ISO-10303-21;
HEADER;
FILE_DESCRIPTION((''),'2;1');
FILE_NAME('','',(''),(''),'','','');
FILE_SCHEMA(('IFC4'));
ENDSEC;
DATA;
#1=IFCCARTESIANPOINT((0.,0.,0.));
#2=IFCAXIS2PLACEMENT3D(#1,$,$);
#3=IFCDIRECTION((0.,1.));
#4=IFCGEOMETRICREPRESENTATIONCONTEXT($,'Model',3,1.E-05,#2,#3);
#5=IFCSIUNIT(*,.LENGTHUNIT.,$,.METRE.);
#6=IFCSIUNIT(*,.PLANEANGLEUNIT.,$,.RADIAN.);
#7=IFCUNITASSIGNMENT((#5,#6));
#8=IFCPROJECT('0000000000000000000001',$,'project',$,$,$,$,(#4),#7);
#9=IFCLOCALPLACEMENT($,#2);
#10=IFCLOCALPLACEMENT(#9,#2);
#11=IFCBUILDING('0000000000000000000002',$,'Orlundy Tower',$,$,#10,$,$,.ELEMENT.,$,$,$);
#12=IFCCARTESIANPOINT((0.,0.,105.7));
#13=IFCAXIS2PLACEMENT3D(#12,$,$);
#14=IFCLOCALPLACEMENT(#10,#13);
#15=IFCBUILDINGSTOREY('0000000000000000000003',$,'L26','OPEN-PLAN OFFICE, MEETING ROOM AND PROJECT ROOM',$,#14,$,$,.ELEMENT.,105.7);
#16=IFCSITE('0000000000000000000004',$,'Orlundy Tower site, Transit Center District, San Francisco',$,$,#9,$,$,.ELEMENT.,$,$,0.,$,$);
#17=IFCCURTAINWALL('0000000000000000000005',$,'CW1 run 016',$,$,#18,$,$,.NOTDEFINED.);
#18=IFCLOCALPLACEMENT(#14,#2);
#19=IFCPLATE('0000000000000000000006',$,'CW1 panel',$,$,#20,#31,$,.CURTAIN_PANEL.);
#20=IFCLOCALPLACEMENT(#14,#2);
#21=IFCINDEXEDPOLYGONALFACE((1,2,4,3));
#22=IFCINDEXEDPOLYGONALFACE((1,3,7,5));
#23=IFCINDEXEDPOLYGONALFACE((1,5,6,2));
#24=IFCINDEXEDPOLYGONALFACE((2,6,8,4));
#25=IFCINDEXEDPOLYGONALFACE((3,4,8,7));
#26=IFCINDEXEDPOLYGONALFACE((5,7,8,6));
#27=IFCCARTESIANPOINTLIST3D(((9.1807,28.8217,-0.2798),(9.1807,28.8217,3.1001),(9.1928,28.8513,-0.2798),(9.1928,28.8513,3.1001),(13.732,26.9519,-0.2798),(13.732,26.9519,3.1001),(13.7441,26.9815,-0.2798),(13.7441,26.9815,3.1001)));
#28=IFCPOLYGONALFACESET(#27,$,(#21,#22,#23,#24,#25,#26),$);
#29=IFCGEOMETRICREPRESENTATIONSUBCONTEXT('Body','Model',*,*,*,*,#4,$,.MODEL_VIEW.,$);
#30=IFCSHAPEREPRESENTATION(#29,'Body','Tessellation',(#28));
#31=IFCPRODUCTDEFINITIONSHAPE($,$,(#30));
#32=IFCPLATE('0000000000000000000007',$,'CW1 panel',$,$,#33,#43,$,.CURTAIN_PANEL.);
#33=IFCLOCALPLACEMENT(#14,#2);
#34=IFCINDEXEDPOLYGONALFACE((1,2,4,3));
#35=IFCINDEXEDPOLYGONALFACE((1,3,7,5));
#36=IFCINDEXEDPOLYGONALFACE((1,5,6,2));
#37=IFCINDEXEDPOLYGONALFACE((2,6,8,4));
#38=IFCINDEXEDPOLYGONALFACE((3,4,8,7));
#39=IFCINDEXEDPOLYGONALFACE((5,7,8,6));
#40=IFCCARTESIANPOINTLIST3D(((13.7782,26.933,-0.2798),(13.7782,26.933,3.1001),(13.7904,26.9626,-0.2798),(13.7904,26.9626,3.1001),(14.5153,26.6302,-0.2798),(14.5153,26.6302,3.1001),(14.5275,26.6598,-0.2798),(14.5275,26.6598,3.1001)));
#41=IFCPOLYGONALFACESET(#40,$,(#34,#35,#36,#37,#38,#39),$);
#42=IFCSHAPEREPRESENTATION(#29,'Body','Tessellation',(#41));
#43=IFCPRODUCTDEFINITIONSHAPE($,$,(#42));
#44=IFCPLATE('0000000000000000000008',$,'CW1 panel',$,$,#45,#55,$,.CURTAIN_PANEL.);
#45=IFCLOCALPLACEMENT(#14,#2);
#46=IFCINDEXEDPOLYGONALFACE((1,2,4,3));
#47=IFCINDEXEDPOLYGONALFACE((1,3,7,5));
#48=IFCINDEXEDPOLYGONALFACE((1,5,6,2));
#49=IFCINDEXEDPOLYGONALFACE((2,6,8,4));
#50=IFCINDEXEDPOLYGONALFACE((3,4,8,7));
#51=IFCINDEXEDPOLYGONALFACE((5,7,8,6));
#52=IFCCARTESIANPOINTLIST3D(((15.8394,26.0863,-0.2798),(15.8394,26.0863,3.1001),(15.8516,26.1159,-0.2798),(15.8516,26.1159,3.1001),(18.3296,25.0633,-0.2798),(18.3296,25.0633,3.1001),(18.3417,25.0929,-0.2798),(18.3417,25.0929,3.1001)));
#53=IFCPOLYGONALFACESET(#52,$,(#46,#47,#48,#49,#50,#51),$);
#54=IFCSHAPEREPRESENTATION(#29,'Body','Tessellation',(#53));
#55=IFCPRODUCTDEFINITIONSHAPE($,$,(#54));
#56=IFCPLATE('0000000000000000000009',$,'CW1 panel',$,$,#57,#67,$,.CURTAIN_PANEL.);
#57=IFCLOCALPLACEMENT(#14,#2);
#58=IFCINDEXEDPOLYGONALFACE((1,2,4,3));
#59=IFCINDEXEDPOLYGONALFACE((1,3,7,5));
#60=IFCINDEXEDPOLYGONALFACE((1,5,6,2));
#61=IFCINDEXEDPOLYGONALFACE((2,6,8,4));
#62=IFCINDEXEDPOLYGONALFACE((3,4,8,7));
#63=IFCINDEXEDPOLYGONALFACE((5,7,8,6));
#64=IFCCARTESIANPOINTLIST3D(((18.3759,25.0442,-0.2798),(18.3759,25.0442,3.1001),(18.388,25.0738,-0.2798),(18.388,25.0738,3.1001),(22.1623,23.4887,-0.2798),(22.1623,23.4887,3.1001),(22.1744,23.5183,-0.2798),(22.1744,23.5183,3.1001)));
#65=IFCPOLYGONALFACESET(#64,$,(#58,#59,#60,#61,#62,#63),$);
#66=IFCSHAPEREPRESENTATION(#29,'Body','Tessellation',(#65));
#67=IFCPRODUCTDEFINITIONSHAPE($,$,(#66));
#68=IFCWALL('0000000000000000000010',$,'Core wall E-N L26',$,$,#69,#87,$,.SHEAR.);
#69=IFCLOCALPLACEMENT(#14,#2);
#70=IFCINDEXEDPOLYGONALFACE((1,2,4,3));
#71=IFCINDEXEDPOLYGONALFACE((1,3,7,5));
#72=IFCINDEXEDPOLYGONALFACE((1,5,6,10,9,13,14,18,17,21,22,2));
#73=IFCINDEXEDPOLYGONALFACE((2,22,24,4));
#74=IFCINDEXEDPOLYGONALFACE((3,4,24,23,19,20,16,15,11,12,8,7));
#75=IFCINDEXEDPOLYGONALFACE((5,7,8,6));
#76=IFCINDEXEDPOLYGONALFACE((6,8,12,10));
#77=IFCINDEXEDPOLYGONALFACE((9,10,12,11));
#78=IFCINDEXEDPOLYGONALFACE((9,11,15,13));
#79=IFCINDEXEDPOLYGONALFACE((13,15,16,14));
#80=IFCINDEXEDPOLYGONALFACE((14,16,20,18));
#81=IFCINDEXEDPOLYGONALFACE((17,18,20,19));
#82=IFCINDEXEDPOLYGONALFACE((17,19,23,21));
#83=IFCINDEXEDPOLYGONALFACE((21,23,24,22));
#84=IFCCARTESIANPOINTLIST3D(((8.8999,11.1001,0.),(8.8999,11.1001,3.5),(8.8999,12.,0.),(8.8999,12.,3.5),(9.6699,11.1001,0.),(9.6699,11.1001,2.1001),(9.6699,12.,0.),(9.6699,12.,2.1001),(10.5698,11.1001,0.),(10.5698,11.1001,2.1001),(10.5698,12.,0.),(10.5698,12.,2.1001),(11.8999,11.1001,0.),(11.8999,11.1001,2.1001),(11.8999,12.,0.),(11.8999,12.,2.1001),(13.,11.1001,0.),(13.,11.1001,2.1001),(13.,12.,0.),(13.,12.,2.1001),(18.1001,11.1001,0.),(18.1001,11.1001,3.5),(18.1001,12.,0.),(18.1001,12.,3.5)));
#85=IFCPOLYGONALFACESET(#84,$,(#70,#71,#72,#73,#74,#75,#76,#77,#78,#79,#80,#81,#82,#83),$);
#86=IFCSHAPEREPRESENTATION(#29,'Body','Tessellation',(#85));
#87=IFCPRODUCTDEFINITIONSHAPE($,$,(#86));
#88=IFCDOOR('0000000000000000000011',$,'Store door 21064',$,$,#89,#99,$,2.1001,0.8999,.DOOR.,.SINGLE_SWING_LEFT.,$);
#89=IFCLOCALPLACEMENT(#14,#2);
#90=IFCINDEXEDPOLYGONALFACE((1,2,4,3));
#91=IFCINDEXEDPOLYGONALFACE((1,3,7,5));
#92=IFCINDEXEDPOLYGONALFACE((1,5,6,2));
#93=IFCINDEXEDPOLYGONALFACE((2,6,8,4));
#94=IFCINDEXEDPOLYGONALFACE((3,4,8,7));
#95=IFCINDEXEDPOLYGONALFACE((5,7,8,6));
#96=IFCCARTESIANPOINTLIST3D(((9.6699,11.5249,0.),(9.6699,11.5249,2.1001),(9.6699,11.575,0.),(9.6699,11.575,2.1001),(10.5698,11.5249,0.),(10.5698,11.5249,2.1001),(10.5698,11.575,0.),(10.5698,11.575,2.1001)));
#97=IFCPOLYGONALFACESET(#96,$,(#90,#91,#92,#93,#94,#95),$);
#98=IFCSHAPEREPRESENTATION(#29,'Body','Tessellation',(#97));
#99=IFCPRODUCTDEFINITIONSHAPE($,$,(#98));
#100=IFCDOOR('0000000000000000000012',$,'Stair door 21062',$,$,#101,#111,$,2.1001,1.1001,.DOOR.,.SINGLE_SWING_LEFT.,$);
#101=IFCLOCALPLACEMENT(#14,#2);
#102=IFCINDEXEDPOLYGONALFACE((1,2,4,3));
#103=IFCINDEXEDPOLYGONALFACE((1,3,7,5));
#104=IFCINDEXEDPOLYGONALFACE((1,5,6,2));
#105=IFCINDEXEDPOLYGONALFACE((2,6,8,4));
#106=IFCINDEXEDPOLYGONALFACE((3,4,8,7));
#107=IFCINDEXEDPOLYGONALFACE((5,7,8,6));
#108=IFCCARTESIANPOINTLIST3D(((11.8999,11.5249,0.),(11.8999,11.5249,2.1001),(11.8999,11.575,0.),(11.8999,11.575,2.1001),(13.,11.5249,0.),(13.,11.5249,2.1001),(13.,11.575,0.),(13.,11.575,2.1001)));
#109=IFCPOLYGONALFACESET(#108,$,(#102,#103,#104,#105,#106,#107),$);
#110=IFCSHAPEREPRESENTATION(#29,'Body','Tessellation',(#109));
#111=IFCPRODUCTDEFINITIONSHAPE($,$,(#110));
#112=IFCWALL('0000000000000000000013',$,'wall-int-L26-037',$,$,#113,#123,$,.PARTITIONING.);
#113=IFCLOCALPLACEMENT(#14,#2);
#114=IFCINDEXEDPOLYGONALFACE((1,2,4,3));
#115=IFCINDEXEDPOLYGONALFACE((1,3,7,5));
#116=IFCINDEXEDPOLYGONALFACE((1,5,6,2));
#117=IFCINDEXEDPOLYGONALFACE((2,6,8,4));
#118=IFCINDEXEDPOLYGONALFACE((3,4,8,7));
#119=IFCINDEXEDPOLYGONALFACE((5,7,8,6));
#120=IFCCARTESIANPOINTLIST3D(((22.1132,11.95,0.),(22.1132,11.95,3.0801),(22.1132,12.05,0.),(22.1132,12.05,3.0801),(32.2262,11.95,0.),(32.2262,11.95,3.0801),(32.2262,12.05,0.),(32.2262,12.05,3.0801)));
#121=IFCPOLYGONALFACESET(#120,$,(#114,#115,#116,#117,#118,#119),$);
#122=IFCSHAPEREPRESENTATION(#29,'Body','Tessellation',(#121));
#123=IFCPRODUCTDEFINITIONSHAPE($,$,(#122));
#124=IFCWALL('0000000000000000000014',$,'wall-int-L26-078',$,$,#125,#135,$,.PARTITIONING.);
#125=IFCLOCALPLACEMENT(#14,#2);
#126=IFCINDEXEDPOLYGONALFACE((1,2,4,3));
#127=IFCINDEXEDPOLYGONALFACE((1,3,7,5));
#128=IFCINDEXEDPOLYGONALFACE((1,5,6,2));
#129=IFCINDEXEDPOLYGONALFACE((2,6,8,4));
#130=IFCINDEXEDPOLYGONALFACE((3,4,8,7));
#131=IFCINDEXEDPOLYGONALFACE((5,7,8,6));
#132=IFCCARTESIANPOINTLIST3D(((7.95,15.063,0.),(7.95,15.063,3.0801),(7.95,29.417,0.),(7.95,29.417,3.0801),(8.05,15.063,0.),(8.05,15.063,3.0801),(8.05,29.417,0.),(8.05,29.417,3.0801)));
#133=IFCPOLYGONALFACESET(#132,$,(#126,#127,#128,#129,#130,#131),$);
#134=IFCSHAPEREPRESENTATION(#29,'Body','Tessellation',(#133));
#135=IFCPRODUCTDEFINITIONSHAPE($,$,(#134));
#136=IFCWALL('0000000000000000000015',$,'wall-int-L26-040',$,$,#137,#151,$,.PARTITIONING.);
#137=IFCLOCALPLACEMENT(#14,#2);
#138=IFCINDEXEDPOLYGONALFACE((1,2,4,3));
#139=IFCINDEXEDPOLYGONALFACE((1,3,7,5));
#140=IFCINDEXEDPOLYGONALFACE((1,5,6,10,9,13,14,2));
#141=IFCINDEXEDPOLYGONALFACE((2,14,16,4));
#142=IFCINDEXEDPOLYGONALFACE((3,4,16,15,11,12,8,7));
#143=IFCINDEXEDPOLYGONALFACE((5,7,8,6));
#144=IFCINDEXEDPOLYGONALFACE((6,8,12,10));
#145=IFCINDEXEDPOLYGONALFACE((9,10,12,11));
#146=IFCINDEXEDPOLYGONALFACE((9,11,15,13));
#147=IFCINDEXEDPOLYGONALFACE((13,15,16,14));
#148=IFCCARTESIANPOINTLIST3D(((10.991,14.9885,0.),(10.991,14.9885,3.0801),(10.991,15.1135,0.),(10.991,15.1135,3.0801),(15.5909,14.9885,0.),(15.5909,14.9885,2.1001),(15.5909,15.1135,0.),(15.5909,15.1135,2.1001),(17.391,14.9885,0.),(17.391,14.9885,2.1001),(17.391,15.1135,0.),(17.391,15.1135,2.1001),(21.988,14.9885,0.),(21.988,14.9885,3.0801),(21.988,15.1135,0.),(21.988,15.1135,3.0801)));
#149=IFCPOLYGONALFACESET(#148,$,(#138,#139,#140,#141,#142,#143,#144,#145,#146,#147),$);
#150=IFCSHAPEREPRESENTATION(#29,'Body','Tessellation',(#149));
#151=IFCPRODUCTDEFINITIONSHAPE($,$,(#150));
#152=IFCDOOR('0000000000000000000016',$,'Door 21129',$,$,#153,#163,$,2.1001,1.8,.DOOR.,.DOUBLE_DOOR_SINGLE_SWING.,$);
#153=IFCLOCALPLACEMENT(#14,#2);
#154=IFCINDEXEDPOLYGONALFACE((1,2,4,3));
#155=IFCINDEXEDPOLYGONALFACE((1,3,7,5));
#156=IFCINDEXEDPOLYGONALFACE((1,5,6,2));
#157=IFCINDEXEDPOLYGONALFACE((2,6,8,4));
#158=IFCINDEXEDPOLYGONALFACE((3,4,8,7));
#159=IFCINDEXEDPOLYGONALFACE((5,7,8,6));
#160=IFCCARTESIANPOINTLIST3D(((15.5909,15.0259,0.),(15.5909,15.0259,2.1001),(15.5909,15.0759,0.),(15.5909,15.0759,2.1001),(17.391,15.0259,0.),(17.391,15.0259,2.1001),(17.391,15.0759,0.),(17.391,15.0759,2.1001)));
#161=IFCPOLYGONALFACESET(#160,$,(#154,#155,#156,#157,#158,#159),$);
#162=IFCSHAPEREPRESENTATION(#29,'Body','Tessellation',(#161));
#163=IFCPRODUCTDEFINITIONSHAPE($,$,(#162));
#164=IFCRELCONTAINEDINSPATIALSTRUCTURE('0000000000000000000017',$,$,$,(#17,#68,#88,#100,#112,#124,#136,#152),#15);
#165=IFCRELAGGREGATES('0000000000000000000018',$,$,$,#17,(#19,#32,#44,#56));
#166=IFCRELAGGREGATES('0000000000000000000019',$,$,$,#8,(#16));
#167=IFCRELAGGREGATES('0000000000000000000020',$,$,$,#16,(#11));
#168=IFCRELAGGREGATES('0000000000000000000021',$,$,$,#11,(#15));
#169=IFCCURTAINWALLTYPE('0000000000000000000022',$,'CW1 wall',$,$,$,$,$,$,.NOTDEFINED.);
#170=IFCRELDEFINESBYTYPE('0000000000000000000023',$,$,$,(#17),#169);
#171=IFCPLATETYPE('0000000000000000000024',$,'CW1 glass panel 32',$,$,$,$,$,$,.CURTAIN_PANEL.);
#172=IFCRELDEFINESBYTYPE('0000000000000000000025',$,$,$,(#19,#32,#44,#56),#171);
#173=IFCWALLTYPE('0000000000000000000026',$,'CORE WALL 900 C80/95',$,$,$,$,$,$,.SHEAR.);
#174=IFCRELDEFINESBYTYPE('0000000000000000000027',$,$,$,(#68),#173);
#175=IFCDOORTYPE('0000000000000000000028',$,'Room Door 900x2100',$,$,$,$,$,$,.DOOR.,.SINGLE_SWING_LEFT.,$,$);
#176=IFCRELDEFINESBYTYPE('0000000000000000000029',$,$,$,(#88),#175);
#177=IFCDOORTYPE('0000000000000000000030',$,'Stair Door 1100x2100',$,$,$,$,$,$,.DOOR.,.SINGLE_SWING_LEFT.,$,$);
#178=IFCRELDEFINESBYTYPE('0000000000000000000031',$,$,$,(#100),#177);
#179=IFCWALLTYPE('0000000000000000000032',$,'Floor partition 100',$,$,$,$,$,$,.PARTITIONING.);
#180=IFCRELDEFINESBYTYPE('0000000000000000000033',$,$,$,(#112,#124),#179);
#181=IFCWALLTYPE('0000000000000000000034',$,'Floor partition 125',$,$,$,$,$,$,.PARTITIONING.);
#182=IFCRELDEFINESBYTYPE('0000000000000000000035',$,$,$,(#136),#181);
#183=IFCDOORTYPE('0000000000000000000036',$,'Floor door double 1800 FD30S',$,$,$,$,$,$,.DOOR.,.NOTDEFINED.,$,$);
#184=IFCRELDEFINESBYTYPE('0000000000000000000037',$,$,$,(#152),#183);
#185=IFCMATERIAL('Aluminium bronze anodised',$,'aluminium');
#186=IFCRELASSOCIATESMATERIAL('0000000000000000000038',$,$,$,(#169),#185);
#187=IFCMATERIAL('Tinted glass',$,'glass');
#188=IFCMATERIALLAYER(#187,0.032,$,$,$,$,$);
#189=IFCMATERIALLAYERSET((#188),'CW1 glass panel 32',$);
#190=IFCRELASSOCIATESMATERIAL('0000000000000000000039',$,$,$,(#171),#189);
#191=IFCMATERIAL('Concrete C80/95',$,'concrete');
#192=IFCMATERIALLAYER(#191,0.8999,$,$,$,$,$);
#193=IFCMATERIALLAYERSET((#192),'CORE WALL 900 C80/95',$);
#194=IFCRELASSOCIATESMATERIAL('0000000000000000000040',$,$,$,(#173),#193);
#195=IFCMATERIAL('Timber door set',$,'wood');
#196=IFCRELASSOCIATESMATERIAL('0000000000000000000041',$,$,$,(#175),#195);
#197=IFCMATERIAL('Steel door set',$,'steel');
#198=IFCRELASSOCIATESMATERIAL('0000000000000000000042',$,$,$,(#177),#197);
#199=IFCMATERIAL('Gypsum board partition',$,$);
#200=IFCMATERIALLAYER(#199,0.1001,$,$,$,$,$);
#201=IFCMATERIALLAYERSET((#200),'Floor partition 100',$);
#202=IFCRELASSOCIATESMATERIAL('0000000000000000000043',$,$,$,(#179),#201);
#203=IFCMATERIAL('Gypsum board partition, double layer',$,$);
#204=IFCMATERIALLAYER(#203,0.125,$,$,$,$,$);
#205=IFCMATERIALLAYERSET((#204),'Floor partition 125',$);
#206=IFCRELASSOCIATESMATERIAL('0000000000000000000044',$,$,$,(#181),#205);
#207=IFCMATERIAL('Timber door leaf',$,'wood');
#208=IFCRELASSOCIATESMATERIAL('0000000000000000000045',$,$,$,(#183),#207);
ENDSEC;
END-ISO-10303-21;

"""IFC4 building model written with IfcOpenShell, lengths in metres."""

from ifc_helpers import new_model, si_unit, direction, frame, frame_2d, origin, origin_2d, place, context, subcontext, project, spatial, rectangle, extrude, material, layer, layer_set, type_object, element, fill, aggregate, save


model = new_model("IFC4")

# Units and contexts
model_context = context("Model", 3, precision=1e-05, world=origin(), true_north=direction((0.0, 1.0)))
body_context = subcontext(model_context, "Body", "Model", "MODEL_VIEW")
ifc_project = project(units=[si_unit("LENGTHUNIT", "METRE"), si_unit("PLANEANGLEUNIT", "RADIAN")], contexts=[model_context])

# Site, building, storey
site_placement = place(None, origin())
site = spatial("IfcSite", under=ifc_project, at=site_placement, Name="Orlundy Tower site, Transit Center District, San Francisco", CompositionType="ELEMENT", RefElevation=0.0)
building_placement = place(site_placement, origin())
building = spatial("IfcBuilding", under=site, at=building_placement, Name="Orlundy Tower", CompositionType="ELEMENT")
storey_placement = place(building_placement, frame((0.0, 0.0, 105.7)))
storey = spatial("IfcBuildingStorey", under=building, at=storey_placement, Name="L26", Description="OPEN-PLAN OFFICE, MEETING ROOM AND PROJECT ROOM", CompositionType="ELEMENT", Elevation=105.7)

# Curtain wall
ifc_material_1 = material(Name="Aluminium bronze anodised", Category="aluminium")
curtain_wall_type = type_object("IfcCurtainWallType", Name="CW1 wall", PredefinedType="NOTDEFINED", material=ifc_material_1)
curtain_wall_1_placement = place(storey_placement, origin())
curtain_wall_1 = element("IfcCurtainWall", 1, at=curtain_wall_1_placement, inside=storey, type_object=curtain_wall_type, Name="CW1 run 016", PredefinedType="NOTDEFINED")

# Plates
ifc_material_2 = material(Name="Tinted glass", Category="glass")
ifc_layer_1 = layer(ifc_material_2, 0.032)
ifc_layer_set_1 = layer_set([ifc_layer_1], Name="CW1 glass panel 32")
plate_type = type_object("IfcPlateType", Name="CW1 glass panel 32", PredefinedType="CURTAIN_PANEL", material=ifc_layer_set_1)
plate_1_placement = place(storey_placement, frame((11.4624, 27.9016, -0.2798), z_axis=(0.0, 0.0, 1.0), x_axis=(0.924984, -0.380005, 0.0)))
plate_1 = element("IfcPlate", 2, at=plate_1_placement, type_object=plate_type, Name="CW1 panel", PredefinedType="CURTAIN_PANEL", context=body_context, shape_type="SweptSolid", body=[
    extrude(rectangle(XDim=4.9204, YDim=0.032, at=origin_2d()), origin(), (0.0, 0.0, 1.0), 3.3799),
])
plate_2_placement = place(storey_placement, frame((14.1528, 26.7964, -0.2798), z_axis=(0.0, 0.0, 1.0), x_axis=(0.924984, -0.380005, 0.0)))
plate_2 = element("IfcPlate", 3, at=plate_2_placement, type_object=plate_type, Name="CW1 panel", PredefinedType="CURTAIN_PANEL", context=body_context, shape_type="SweptSolid", body=[
    extrude(rectangle(XDim=0.7969, YDim=0.032, at=origin_2d()), origin(), (0.0, 0.0, 1.0), 3.3799),
])
plate_3_placement = place(storey_placement, frame((17.0906, 25.5896, -0.2798), z_axis=(0.0, 0.0, 1.0), x_axis=(0.924984, -0.380005, 0.0)))
plate_3 = element("IfcPlate", 4, at=plate_3_placement, type_object=plate_type, Name="CW1 panel", PredefinedType="CURTAIN_PANEL", context=body_context, shape_type="SweptSolid", body=[
    extrude(rectangle(XDim=2.6921, YDim=0.032, at=origin_2d()), origin(), (0.0, 0.0, 1.0), 3.3799),
])
plate_4_placement = place(storey_placement, frame((20.2751, 24.2812, -0.2798), z_axis=(0.0, 0.0, 1.0), x_axis=(0.924984, -0.380005, 0.0)))
plate_4 = element("IfcPlate", 5, at=plate_4_placement, type_object=plate_type, Name="CW1 panel", PredefinedType="CURTAIN_PANEL", context=body_context, shape_type="SweptSolid", body=[
    extrude(rectangle(XDim=4.0935, YDim=0.032, at=origin_2d()), origin(), (0.0, 0.0, 1.0), 3.3799),
])
aggregate(curtain_wall_1, [plate_1, plate_2, plate_3, plate_4])

# Wall, openings, doors
ifc_material_3 = material(Name="Concrete C80/95", Category="concrete")
ifc_layer_2 = layer(ifc_material_3, 0.8999)
ifc_layer_set_2 = layer_set([ifc_layer_2], Name="CORE WALL 900 C80/95")
wall_type_1 = type_object("IfcWallType", Name="CORE WALL 900 C80/95", PredefinedType="SHEAR", material=ifc_layer_set_2)
wall_1_placement = place(storey_placement, frame((8.8999, 11.55, 0.0), z_axis=(0.0, 0.0, 1.0), x_axis=(1.0, 0.0, 0.0)))
wall_1 = element("IfcWall", 6, at=wall_1_placement, inside=storey, type_object=wall_type_1, Name="Core wall E-N L26", PredefinedType="SHEAR", context=body_context, shape_type="SweptSolid", body=[
    extrude(rectangle(XDim=9.2002, YDim=0.8999, at=frame_2d((4.6001, 0.0))), origin(), (0.0, 0.0, 1.0), 3.5),
])
opening_1_placement = place(wall_1_placement, frame((3.0, 0.0, 0.0)))
opening_1 = element("IfcOpeningElement", 7, at=opening_1_placement, cuts=wall_1, PredefinedType="OPENING", context=body_context, shape_type="SweptSolid", body=[
    extrude(rectangle(XDim=1.1001, YDim=2.1001, at=frame_2d((0.55, 1.05))), frame((0.0, 0.46, 0.0), z_axis=(0.0, -1.0, 0.0), x_axis=(1.0, 0.0, 0.0)), (0.0, 0.0, 1.0), 0.9199),
])
opening_2_placement = place(wall_1_placement, frame((0.77, 0.0, 0.0)))
opening_2 = element("IfcOpeningElement", 8, at=opening_2_placement, cuts=wall_1, PredefinedType="OPENING", context=body_context, shape_type="SweptSolid", body=[
    extrude(rectangle(XDim=0.8999, YDim=2.1001, at=frame_2d((0.45, 1.05))), frame((0.0, 0.46, 0.0), z_axis=(0.0, -1.0, 0.0), x_axis=(1.0, 0.0, 0.0)), (0.0, 0.0, 1.0), 0.9199),
])
ifc_material_4 = material(Name="Timber door set", Category="wood")
door_type_1 = type_object("IfcDoorType", Name="Room Door 900x2100", OperationType="SINGLE_SWING_LEFT", PredefinedType="DOOR", material=ifc_material_4)
door_1_placement = place(opening_2_placement, origin())
door_1 = element("IfcDoor", 9, at=door_1_placement, inside=storey, type_object=door_type_1, Name="Store door 21064", OperationType="SINGLE_SWING_LEFT", OverallHeight=2.1001, OverallWidth=0.8999, PredefinedType="DOOR", context=body_context, shape_type="SweptSolid", body=[
    extrude(rectangle(XDim=0.8999, YDim=2.1001, at=frame_2d((0.45, 1.05))), frame((0.0, 0.0249, 0.0), z_axis=(0.0, -1.0, 0.0), x_axis=(1.0, 0.0, 0.0)), (0.0, 0.0, 1.0), 0.05),
])
fill(opening_2, door_1)
ifc_material_5 = material(Name="Steel door set", Category="steel")
door_type_2 = type_object("IfcDoorType", Name="Stair Door 1100x2100", OperationType="SINGLE_SWING_LEFT", PredefinedType="DOOR", material=ifc_material_5)
door_2_placement = place(opening_1_placement, origin())
door_2 = element("IfcDoor", 10, at=door_2_placement, inside=storey, type_object=door_type_2, Name="Stair door 21062", OperationType="SINGLE_SWING_LEFT", OverallHeight=2.1001, OverallWidth=1.1001, PredefinedType="DOOR", context=body_context, shape_type="SweptSolid", body=[
    extrude(rectangle(XDim=1.1001, YDim=2.1001, at=frame_2d((0.55, 1.05))), frame((0.0, 0.0249, 0.0), z_axis=(0.0, -1.0, 0.0), x_axis=(1.0, 0.0, 0.0)), (0.0, 0.0, 1.0), 0.05),
])
fill(opening_1, door_2)

# Walls
ifc_material_6 = material(Name="Gypsum board partition")
ifc_layer_3 = layer(ifc_material_6, 0.1001)
ifc_layer_set_3 = layer_set([ifc_layer_3], Name="Floor partition 100")
wall_type_2 = type_object("IfcWallType", Name="Floor partition 100", PredefinedType="PARTITIONING", material=ifc_layer_set_3)
wall_2_placement = place(storey_placement, frame((22.113, 12.0, 0.0), z_axis=(0.0, 0.0, 1.0), x_axis=(1.0, 0.0, 0.0)))
element("IfcWall", 11, at=wall_2_placement, inside=storey, type_object=wall_type_2, Name="wall-int-L26-037", PredefinedType="PARTITIONING", context=body_context, shape_type="SweptSolid", body=[
    extrude(rectangle(XDim=10.113, YDim=0.1001, at=frame_2d((5.0566, 0.0))), origin(), (0.0, 0.0, 1.0), 3.0801),
])
wall_3_placement = place(storey_placement, frame((8.0, 15.063, 0.0), z_axis=(0.0, 0.0, 1.0), x_axis=(0.0, 1.0, 0.0)))
element("IfcWall", 12, at=wall_3_placement, inside=storey, type_object=wall_type_2, Name="wall-int-L26-078", PredefinedType="PARTITIONING", context=body_context, shape_type="SweptSolid", body=[
    extrude(rectangle(XDim=14.354, YDim=0.1001, at=frame_2d((7.177, 0.0))), origin(), (0.0, 0.0, 1.0), 3.0801),
])

# Wall, opening, door
ifc_material_7 = material(Name="Gypsum board partition, double layer")
ifc_layer_4 = layer(ifc_material_7, 0.125)
ifc_layer_set_4 = layer_set([ifc_layer_4], Name="Floor partition 125")
wall_type_3 = type_object("IfcWallType", Name="Floor partition 125", PredefinedType="PARTITIONING", material=ifc_layer_set_4)
wall_4_placement = place(storey_placement, frame((10.991, 15.051, 0.0), z_axis=(0.0, 0.0, 1.0), x_axis=(1.0, 0.0, 0.0)))
wall_4 = element("IfcWall", 13, at=wall_4_placement, inside=storey, type_object=wall_type_3, Name="wall-int-L26-040", PredefinedType="PARTITIONING", context=body_context, shape_type="SweptSolid", body=[
    extrude(rectangle(XDim=10.9971, YDim=0.125, at=frame_2d((5.4985, 0.0))), origin(), (0.0, 0.0, 1.0), 3.0801),
])
opening_3_placement = place(wall_4_placement, frame((4.6001, 0.0, 0.0)))
opening_3 = element("IfcOpeningElement", 14, at=opening_3_placement, cuts=wall_4, PredefinedType="OPENING", context=body_context, shape_type="SweptSolid", body=[
    extrude(rectangle(XDim=1.8, YDim=2.1001, at=frame_2d((0.8999, 1.05))), frame((0.0, 0.0725, 0.0), z_axis=(0.0, -1.0, 0.0), x_axis=(1.0, 0.0, 0.0)), (0.0, 0.0, 1.0), 0.145),
])
ifc_material_8 = material(Name="Timber door leaf", Category="wood")
door_type_3 = type_object("IfcDoorType", Name="Floor door double 1800 FD30S", OperationType="NOTDEFINED", PredefinedType="DOOR", material=ifc_material_8)
door_3_placement = place(opening_3_placement, origin())
door_3 = element("IfcDoor", 15, at=door_3_placement, inside=storey, type_object=door_type_3, Name="Door 21129", OperationType="DOUBLE_DOOR_SINGLE_SWING", OverallHeight=2.1001, OverallWidth=1.8, PredefinedType="DOOR", context=body_context, shape_type="SweptSolid", body=[
    extrude(rectangle(XDim=1.8, YDim=2.1001, at=frame_2d((0.8999, 1.05))), frame((0.0, 0.0249, 0.0), z_axis=(0.0, -1.0, 0.0), x_axis=(1.0, 0.0, 0.0)), (0.0, 0.0, 1.0), 0.05),
])
fill(opening_3, door_3)

save(model, "model.ifc")
